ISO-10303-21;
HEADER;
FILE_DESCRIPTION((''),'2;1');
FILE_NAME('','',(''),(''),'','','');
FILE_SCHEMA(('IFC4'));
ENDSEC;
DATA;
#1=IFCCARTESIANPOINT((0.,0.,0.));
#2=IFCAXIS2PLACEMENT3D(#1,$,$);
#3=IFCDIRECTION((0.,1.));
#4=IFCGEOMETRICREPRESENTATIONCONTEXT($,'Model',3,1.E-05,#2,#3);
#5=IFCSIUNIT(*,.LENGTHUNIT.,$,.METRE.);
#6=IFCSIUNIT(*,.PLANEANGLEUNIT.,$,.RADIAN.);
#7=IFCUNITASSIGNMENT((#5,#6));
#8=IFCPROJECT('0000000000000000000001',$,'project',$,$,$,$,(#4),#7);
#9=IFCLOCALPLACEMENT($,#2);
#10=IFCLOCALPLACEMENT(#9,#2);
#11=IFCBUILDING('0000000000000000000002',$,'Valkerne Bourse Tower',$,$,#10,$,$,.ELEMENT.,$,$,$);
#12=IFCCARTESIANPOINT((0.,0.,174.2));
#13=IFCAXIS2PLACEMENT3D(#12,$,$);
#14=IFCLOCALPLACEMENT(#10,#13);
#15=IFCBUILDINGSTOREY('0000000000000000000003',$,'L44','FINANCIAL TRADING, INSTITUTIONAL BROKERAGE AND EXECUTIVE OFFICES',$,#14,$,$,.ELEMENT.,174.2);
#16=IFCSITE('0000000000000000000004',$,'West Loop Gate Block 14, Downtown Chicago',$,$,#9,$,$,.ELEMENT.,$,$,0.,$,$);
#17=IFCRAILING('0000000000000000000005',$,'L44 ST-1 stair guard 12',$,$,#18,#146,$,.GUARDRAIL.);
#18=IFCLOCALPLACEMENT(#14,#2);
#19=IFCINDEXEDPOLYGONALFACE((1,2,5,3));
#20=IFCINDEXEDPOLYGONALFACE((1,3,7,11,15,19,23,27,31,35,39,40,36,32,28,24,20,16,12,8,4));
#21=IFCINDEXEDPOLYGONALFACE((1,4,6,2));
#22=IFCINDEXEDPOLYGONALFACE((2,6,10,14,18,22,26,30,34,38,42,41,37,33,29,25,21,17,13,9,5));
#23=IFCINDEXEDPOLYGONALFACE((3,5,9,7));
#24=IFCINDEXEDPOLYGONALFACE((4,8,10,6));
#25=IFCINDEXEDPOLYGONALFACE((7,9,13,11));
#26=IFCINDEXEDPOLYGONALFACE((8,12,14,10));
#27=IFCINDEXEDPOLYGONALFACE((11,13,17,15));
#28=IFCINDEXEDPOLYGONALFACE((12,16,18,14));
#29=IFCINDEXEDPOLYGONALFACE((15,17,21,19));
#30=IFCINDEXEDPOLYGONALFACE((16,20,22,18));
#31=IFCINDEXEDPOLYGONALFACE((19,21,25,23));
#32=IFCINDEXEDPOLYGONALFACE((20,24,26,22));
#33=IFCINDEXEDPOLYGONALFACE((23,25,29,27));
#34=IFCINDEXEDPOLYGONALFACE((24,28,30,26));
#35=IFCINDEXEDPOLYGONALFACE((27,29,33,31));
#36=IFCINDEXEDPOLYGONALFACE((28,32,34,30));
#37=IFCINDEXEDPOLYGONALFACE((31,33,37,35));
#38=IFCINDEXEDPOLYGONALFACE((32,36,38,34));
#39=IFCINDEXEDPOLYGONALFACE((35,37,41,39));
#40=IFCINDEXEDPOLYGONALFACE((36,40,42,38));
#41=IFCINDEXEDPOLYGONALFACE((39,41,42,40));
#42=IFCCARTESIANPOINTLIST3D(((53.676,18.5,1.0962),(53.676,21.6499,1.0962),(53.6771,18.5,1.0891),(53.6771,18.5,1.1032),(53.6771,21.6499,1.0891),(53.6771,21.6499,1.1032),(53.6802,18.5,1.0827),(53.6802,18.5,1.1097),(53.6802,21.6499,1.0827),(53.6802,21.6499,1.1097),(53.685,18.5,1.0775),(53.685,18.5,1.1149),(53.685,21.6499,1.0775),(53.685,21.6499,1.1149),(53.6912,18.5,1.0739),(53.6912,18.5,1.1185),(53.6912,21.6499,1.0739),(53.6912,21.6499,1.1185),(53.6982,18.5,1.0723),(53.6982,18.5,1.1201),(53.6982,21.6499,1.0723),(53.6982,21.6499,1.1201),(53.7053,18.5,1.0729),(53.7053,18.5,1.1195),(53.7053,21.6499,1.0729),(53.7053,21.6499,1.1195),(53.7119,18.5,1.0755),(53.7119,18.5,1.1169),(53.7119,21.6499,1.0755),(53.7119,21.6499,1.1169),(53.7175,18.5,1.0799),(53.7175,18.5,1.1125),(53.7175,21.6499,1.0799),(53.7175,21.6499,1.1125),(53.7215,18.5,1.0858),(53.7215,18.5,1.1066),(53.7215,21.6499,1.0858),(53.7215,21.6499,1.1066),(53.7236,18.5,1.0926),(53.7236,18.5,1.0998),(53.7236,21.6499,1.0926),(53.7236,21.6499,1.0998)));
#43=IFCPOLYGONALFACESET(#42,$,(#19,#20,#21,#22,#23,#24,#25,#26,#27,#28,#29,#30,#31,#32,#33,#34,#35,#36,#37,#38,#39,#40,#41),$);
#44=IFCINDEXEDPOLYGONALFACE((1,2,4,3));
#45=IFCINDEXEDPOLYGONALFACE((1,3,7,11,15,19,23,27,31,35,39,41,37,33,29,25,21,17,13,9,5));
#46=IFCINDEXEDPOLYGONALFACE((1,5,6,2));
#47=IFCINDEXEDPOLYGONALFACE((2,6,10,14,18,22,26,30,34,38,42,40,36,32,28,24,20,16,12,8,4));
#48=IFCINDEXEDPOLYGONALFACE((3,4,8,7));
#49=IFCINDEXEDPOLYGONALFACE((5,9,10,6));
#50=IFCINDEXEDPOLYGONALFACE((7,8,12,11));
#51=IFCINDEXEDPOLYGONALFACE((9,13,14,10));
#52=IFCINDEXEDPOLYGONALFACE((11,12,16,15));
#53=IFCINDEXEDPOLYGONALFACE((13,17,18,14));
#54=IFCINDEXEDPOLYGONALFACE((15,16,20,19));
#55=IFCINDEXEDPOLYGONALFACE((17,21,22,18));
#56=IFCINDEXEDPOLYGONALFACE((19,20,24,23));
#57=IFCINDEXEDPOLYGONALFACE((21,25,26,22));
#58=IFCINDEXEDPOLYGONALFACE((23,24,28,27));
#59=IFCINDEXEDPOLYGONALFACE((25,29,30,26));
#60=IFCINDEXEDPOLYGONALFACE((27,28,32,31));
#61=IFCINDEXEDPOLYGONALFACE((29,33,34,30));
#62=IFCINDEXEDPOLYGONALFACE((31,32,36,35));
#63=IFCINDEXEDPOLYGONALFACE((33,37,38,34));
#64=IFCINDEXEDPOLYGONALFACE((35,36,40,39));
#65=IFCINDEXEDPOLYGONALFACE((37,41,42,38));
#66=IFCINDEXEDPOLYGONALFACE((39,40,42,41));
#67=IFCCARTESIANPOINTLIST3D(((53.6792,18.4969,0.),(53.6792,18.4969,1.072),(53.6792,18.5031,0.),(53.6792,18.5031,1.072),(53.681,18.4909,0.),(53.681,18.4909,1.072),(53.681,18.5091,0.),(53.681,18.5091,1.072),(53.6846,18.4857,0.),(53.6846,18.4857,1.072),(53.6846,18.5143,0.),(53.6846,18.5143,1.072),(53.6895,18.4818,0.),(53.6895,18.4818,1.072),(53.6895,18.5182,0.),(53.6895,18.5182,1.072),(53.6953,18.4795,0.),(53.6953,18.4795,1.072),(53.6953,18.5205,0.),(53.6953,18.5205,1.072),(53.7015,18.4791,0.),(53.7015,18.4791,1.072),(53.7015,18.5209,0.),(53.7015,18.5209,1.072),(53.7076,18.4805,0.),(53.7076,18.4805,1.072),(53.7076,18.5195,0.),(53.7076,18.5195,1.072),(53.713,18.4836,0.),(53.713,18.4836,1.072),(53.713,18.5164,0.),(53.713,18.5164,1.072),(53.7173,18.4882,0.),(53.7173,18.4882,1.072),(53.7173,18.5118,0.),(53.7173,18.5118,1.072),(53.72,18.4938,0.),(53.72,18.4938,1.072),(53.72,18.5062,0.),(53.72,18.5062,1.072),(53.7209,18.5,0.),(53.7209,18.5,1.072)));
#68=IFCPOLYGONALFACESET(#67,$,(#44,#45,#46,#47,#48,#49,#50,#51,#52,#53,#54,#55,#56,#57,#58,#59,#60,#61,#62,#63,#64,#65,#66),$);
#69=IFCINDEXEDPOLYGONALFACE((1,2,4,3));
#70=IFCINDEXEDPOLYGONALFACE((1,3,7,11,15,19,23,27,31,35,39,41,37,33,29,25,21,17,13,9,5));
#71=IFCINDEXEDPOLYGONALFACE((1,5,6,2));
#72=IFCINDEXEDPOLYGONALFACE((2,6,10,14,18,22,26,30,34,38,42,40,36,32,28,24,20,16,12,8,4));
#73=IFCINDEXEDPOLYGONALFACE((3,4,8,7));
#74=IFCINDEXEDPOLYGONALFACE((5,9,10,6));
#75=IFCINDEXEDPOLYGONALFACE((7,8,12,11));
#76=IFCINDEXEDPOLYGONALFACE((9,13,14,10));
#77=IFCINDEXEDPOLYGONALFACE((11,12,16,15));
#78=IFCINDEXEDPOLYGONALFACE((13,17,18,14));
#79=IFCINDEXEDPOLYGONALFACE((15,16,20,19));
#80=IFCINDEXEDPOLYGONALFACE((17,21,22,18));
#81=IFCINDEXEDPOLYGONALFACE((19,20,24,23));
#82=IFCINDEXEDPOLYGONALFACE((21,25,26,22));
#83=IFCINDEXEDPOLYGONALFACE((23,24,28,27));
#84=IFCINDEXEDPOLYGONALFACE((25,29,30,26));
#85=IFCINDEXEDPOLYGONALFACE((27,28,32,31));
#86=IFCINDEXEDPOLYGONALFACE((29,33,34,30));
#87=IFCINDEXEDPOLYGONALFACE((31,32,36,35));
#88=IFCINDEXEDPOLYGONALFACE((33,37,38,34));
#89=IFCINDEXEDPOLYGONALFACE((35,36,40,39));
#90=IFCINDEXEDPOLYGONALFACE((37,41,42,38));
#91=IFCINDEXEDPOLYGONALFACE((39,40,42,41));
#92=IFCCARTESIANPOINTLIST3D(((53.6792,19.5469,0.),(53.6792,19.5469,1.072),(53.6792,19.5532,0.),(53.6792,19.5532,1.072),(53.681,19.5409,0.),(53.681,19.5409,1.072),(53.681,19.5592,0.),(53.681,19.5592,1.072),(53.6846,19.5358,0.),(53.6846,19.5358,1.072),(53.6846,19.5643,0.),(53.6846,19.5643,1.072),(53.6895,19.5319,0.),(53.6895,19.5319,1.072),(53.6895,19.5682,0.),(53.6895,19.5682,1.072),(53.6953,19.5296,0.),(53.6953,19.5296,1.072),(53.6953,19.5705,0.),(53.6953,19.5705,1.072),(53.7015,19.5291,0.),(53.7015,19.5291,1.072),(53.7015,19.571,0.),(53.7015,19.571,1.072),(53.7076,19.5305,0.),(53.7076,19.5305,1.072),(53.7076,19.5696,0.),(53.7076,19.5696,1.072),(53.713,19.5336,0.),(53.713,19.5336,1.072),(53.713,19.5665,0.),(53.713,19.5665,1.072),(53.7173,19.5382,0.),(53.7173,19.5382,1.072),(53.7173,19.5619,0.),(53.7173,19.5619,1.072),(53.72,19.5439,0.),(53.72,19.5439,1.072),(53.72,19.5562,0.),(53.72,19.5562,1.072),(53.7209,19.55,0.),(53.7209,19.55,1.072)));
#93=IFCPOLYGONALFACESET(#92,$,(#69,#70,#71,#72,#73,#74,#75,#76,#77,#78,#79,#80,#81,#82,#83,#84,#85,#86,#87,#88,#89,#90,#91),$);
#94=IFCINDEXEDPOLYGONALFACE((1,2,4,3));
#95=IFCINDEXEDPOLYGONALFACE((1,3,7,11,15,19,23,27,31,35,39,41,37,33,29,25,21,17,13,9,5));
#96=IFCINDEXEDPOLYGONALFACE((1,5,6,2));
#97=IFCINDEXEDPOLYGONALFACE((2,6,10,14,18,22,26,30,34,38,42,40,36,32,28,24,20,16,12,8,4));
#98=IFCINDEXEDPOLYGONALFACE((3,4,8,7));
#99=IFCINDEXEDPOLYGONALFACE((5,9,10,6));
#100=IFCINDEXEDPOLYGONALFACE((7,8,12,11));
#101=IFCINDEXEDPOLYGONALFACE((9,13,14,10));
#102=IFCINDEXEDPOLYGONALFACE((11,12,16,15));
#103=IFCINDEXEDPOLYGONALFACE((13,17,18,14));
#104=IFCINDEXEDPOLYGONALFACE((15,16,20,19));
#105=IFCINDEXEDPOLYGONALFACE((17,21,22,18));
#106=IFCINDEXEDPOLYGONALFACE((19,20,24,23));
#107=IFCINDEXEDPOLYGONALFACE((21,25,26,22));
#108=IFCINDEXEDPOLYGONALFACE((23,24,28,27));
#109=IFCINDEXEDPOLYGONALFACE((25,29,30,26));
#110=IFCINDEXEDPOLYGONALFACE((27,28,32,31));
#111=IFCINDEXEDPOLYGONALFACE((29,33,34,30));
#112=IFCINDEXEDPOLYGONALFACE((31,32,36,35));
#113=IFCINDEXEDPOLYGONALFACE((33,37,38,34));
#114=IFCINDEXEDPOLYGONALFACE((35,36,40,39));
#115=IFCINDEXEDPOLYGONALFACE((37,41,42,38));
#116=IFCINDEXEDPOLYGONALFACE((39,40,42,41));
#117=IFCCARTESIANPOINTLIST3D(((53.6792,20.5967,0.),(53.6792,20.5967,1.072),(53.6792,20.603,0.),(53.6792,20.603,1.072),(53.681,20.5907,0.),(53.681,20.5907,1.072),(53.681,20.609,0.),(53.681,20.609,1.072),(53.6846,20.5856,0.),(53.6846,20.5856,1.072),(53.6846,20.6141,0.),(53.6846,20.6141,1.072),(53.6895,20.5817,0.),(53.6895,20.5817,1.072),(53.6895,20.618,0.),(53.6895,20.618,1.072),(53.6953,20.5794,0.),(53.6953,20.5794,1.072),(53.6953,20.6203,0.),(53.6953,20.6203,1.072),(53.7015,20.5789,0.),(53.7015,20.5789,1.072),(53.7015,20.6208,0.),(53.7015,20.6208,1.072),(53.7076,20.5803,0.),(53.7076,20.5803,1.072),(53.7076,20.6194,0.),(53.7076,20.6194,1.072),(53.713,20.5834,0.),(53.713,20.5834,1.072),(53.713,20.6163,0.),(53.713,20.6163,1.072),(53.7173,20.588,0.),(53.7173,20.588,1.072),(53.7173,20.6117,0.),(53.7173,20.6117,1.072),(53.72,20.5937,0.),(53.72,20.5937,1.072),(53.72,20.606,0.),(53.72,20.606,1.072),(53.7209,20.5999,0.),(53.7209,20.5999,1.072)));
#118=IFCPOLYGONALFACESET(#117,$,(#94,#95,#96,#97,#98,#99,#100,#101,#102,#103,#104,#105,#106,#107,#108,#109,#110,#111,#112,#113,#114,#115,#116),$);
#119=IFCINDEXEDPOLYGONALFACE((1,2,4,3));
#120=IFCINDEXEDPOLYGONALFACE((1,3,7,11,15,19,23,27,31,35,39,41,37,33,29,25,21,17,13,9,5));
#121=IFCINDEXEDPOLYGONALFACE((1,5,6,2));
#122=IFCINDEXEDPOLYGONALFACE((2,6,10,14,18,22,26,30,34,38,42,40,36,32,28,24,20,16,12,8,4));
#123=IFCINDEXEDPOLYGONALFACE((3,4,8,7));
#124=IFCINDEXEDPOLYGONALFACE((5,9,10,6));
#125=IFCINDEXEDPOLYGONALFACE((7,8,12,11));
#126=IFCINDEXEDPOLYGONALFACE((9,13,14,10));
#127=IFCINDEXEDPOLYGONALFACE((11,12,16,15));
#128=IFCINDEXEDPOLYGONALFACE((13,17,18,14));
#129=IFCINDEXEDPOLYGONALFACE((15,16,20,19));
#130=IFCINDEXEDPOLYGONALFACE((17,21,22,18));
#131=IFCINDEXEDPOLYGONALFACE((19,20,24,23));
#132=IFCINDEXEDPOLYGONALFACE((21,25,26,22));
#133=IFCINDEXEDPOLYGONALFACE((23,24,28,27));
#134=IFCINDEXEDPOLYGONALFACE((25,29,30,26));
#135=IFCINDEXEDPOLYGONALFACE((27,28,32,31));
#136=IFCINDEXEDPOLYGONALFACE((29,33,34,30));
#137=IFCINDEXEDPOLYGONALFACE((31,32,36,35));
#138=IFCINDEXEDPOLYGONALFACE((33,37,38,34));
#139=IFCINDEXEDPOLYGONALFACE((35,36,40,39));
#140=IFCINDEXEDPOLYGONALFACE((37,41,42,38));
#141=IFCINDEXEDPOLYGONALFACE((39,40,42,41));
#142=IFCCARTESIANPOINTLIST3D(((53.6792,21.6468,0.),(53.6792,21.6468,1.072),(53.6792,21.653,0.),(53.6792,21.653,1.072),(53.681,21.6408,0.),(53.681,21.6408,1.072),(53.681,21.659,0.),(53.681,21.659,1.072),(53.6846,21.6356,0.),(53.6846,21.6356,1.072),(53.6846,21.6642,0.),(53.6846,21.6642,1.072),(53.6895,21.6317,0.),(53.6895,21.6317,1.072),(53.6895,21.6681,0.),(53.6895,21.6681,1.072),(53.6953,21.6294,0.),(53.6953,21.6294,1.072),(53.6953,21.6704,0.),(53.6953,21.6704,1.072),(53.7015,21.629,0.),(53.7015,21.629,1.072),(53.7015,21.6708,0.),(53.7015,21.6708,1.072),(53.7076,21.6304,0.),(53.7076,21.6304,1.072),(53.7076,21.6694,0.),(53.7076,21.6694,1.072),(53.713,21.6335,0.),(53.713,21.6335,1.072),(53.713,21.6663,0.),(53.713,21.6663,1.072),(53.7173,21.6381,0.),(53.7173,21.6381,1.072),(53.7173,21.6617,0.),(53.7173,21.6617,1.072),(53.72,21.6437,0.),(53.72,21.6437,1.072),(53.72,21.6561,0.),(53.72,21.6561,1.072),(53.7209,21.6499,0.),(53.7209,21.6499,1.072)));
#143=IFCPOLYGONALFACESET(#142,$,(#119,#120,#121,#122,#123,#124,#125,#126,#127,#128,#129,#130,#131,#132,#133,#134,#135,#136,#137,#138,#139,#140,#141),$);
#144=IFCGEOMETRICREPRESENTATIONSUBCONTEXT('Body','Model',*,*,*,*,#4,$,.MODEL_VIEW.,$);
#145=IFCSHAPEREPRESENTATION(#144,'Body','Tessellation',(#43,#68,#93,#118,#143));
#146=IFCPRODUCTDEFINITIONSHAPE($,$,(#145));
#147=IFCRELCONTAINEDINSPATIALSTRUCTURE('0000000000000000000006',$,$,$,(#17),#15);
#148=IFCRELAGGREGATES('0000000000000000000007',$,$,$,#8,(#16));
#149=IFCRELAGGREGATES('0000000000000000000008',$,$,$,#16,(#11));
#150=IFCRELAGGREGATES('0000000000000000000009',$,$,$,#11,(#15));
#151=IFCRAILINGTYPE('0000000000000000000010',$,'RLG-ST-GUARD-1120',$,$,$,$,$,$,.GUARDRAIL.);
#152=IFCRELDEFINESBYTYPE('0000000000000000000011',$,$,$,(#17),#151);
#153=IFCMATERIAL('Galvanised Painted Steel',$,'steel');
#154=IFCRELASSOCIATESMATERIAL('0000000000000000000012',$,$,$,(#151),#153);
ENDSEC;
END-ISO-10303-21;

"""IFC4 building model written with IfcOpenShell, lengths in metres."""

from ifc_helpers import new_model, si_unit, direction, frame, origin, origin_2d, place, context, subcontext, project, spatial, circle, extrude, material, type_object, element, save


model = new_model("IFC4")

# Units and contexts
model_context = context("Model", 3, precision=1e-05, world=origin(), true_north=direction((0.0, 1.0)))
body_context = subcontext(model_context, "Body", "Model", "MODEL_VIEW")
ifc_project = project(units=[si_unit("LENGTHUNIT", "METRE"), si_unit("PLANEANGLEUNIT", "RADIAN")], contexts=[model_context])

# Site, building, storey
site_placement = place(None, origin())
site = spatial("IfcSite", under=ifc_project, at=site_placement, Name="West Loop Gate Block 14, Downtown Chicago", CompositionType="ELEMENT", RefElevation=0.0)
building_placement = place(site_placement, origin())
building = spatial("IfcBuilding", under=site, at=building_placement, Name="Valkerne Bourse Tower", CompositionType="ELEMENT")
storey_placement = place(building_placement, frame((0.0, 0.0, 174.2)))
storey = spatial("IfcBuildingStorey", under=building, at=storey_placement, Name="L44", Description="FINANCIAL TRADING, INSTITUTIONAL BROKERAGE AND EXECUTIVE OFFICES", CompositionType="ELEMENT", Elevation=174.2)

# Railing
ifc_material_1 = material(Name="Galvanised Painted Steel", Category="steel")
railing_type = type_object("IfcRailingType", Name="RLG-ST-GUARD-1120", PredefinedType="GUARDRAIL", material=ifc_material_1)
railing_1_placement = place(storey_placement, frame((53.7, 18.5, 0.0)))
element("IfcRailing", 1, at=railing_1_placement, inside=storey, type_object=railing_type, Name="L44 ST-1 stair guard 12", PredefinedType="GUARDRAIL", context=body_context, shape_type="SweptSolid", body=[
    extrude(circle(Radius=0.0239, at=origin_2d()), frame((0.0, 0.0, 1.0962), z_axis=(0.0, 1.0, 0.0), x_axis=(-1.0, 0.0, 0.0)), (0.0, 0.0, 1.0), 3.1499),
    extrude(circle(Radius=0.021, at=origin_2d()), origin(), (0.0, 0.0, 1.0), 1.072),
    extrude(circle(Radius=0.021, at=origin_2d()), frame((0.0, 1.05, 0.0)), (0.0, 0.0, 1.0), 1.072),
    extrude(circle(Radius=0.021, at=origin_2d()), frame((0.0, 2.0999, 0.0)), (0.0, 0.0, 1.0), 1.072),
    extrude(circle(Radius=0.021, at=origin_2d()), frame((0.0, 3.1499, 0.0)), (0.0, 0.0, 1.0), 1.072),
])

save(model, "model.ifc")
